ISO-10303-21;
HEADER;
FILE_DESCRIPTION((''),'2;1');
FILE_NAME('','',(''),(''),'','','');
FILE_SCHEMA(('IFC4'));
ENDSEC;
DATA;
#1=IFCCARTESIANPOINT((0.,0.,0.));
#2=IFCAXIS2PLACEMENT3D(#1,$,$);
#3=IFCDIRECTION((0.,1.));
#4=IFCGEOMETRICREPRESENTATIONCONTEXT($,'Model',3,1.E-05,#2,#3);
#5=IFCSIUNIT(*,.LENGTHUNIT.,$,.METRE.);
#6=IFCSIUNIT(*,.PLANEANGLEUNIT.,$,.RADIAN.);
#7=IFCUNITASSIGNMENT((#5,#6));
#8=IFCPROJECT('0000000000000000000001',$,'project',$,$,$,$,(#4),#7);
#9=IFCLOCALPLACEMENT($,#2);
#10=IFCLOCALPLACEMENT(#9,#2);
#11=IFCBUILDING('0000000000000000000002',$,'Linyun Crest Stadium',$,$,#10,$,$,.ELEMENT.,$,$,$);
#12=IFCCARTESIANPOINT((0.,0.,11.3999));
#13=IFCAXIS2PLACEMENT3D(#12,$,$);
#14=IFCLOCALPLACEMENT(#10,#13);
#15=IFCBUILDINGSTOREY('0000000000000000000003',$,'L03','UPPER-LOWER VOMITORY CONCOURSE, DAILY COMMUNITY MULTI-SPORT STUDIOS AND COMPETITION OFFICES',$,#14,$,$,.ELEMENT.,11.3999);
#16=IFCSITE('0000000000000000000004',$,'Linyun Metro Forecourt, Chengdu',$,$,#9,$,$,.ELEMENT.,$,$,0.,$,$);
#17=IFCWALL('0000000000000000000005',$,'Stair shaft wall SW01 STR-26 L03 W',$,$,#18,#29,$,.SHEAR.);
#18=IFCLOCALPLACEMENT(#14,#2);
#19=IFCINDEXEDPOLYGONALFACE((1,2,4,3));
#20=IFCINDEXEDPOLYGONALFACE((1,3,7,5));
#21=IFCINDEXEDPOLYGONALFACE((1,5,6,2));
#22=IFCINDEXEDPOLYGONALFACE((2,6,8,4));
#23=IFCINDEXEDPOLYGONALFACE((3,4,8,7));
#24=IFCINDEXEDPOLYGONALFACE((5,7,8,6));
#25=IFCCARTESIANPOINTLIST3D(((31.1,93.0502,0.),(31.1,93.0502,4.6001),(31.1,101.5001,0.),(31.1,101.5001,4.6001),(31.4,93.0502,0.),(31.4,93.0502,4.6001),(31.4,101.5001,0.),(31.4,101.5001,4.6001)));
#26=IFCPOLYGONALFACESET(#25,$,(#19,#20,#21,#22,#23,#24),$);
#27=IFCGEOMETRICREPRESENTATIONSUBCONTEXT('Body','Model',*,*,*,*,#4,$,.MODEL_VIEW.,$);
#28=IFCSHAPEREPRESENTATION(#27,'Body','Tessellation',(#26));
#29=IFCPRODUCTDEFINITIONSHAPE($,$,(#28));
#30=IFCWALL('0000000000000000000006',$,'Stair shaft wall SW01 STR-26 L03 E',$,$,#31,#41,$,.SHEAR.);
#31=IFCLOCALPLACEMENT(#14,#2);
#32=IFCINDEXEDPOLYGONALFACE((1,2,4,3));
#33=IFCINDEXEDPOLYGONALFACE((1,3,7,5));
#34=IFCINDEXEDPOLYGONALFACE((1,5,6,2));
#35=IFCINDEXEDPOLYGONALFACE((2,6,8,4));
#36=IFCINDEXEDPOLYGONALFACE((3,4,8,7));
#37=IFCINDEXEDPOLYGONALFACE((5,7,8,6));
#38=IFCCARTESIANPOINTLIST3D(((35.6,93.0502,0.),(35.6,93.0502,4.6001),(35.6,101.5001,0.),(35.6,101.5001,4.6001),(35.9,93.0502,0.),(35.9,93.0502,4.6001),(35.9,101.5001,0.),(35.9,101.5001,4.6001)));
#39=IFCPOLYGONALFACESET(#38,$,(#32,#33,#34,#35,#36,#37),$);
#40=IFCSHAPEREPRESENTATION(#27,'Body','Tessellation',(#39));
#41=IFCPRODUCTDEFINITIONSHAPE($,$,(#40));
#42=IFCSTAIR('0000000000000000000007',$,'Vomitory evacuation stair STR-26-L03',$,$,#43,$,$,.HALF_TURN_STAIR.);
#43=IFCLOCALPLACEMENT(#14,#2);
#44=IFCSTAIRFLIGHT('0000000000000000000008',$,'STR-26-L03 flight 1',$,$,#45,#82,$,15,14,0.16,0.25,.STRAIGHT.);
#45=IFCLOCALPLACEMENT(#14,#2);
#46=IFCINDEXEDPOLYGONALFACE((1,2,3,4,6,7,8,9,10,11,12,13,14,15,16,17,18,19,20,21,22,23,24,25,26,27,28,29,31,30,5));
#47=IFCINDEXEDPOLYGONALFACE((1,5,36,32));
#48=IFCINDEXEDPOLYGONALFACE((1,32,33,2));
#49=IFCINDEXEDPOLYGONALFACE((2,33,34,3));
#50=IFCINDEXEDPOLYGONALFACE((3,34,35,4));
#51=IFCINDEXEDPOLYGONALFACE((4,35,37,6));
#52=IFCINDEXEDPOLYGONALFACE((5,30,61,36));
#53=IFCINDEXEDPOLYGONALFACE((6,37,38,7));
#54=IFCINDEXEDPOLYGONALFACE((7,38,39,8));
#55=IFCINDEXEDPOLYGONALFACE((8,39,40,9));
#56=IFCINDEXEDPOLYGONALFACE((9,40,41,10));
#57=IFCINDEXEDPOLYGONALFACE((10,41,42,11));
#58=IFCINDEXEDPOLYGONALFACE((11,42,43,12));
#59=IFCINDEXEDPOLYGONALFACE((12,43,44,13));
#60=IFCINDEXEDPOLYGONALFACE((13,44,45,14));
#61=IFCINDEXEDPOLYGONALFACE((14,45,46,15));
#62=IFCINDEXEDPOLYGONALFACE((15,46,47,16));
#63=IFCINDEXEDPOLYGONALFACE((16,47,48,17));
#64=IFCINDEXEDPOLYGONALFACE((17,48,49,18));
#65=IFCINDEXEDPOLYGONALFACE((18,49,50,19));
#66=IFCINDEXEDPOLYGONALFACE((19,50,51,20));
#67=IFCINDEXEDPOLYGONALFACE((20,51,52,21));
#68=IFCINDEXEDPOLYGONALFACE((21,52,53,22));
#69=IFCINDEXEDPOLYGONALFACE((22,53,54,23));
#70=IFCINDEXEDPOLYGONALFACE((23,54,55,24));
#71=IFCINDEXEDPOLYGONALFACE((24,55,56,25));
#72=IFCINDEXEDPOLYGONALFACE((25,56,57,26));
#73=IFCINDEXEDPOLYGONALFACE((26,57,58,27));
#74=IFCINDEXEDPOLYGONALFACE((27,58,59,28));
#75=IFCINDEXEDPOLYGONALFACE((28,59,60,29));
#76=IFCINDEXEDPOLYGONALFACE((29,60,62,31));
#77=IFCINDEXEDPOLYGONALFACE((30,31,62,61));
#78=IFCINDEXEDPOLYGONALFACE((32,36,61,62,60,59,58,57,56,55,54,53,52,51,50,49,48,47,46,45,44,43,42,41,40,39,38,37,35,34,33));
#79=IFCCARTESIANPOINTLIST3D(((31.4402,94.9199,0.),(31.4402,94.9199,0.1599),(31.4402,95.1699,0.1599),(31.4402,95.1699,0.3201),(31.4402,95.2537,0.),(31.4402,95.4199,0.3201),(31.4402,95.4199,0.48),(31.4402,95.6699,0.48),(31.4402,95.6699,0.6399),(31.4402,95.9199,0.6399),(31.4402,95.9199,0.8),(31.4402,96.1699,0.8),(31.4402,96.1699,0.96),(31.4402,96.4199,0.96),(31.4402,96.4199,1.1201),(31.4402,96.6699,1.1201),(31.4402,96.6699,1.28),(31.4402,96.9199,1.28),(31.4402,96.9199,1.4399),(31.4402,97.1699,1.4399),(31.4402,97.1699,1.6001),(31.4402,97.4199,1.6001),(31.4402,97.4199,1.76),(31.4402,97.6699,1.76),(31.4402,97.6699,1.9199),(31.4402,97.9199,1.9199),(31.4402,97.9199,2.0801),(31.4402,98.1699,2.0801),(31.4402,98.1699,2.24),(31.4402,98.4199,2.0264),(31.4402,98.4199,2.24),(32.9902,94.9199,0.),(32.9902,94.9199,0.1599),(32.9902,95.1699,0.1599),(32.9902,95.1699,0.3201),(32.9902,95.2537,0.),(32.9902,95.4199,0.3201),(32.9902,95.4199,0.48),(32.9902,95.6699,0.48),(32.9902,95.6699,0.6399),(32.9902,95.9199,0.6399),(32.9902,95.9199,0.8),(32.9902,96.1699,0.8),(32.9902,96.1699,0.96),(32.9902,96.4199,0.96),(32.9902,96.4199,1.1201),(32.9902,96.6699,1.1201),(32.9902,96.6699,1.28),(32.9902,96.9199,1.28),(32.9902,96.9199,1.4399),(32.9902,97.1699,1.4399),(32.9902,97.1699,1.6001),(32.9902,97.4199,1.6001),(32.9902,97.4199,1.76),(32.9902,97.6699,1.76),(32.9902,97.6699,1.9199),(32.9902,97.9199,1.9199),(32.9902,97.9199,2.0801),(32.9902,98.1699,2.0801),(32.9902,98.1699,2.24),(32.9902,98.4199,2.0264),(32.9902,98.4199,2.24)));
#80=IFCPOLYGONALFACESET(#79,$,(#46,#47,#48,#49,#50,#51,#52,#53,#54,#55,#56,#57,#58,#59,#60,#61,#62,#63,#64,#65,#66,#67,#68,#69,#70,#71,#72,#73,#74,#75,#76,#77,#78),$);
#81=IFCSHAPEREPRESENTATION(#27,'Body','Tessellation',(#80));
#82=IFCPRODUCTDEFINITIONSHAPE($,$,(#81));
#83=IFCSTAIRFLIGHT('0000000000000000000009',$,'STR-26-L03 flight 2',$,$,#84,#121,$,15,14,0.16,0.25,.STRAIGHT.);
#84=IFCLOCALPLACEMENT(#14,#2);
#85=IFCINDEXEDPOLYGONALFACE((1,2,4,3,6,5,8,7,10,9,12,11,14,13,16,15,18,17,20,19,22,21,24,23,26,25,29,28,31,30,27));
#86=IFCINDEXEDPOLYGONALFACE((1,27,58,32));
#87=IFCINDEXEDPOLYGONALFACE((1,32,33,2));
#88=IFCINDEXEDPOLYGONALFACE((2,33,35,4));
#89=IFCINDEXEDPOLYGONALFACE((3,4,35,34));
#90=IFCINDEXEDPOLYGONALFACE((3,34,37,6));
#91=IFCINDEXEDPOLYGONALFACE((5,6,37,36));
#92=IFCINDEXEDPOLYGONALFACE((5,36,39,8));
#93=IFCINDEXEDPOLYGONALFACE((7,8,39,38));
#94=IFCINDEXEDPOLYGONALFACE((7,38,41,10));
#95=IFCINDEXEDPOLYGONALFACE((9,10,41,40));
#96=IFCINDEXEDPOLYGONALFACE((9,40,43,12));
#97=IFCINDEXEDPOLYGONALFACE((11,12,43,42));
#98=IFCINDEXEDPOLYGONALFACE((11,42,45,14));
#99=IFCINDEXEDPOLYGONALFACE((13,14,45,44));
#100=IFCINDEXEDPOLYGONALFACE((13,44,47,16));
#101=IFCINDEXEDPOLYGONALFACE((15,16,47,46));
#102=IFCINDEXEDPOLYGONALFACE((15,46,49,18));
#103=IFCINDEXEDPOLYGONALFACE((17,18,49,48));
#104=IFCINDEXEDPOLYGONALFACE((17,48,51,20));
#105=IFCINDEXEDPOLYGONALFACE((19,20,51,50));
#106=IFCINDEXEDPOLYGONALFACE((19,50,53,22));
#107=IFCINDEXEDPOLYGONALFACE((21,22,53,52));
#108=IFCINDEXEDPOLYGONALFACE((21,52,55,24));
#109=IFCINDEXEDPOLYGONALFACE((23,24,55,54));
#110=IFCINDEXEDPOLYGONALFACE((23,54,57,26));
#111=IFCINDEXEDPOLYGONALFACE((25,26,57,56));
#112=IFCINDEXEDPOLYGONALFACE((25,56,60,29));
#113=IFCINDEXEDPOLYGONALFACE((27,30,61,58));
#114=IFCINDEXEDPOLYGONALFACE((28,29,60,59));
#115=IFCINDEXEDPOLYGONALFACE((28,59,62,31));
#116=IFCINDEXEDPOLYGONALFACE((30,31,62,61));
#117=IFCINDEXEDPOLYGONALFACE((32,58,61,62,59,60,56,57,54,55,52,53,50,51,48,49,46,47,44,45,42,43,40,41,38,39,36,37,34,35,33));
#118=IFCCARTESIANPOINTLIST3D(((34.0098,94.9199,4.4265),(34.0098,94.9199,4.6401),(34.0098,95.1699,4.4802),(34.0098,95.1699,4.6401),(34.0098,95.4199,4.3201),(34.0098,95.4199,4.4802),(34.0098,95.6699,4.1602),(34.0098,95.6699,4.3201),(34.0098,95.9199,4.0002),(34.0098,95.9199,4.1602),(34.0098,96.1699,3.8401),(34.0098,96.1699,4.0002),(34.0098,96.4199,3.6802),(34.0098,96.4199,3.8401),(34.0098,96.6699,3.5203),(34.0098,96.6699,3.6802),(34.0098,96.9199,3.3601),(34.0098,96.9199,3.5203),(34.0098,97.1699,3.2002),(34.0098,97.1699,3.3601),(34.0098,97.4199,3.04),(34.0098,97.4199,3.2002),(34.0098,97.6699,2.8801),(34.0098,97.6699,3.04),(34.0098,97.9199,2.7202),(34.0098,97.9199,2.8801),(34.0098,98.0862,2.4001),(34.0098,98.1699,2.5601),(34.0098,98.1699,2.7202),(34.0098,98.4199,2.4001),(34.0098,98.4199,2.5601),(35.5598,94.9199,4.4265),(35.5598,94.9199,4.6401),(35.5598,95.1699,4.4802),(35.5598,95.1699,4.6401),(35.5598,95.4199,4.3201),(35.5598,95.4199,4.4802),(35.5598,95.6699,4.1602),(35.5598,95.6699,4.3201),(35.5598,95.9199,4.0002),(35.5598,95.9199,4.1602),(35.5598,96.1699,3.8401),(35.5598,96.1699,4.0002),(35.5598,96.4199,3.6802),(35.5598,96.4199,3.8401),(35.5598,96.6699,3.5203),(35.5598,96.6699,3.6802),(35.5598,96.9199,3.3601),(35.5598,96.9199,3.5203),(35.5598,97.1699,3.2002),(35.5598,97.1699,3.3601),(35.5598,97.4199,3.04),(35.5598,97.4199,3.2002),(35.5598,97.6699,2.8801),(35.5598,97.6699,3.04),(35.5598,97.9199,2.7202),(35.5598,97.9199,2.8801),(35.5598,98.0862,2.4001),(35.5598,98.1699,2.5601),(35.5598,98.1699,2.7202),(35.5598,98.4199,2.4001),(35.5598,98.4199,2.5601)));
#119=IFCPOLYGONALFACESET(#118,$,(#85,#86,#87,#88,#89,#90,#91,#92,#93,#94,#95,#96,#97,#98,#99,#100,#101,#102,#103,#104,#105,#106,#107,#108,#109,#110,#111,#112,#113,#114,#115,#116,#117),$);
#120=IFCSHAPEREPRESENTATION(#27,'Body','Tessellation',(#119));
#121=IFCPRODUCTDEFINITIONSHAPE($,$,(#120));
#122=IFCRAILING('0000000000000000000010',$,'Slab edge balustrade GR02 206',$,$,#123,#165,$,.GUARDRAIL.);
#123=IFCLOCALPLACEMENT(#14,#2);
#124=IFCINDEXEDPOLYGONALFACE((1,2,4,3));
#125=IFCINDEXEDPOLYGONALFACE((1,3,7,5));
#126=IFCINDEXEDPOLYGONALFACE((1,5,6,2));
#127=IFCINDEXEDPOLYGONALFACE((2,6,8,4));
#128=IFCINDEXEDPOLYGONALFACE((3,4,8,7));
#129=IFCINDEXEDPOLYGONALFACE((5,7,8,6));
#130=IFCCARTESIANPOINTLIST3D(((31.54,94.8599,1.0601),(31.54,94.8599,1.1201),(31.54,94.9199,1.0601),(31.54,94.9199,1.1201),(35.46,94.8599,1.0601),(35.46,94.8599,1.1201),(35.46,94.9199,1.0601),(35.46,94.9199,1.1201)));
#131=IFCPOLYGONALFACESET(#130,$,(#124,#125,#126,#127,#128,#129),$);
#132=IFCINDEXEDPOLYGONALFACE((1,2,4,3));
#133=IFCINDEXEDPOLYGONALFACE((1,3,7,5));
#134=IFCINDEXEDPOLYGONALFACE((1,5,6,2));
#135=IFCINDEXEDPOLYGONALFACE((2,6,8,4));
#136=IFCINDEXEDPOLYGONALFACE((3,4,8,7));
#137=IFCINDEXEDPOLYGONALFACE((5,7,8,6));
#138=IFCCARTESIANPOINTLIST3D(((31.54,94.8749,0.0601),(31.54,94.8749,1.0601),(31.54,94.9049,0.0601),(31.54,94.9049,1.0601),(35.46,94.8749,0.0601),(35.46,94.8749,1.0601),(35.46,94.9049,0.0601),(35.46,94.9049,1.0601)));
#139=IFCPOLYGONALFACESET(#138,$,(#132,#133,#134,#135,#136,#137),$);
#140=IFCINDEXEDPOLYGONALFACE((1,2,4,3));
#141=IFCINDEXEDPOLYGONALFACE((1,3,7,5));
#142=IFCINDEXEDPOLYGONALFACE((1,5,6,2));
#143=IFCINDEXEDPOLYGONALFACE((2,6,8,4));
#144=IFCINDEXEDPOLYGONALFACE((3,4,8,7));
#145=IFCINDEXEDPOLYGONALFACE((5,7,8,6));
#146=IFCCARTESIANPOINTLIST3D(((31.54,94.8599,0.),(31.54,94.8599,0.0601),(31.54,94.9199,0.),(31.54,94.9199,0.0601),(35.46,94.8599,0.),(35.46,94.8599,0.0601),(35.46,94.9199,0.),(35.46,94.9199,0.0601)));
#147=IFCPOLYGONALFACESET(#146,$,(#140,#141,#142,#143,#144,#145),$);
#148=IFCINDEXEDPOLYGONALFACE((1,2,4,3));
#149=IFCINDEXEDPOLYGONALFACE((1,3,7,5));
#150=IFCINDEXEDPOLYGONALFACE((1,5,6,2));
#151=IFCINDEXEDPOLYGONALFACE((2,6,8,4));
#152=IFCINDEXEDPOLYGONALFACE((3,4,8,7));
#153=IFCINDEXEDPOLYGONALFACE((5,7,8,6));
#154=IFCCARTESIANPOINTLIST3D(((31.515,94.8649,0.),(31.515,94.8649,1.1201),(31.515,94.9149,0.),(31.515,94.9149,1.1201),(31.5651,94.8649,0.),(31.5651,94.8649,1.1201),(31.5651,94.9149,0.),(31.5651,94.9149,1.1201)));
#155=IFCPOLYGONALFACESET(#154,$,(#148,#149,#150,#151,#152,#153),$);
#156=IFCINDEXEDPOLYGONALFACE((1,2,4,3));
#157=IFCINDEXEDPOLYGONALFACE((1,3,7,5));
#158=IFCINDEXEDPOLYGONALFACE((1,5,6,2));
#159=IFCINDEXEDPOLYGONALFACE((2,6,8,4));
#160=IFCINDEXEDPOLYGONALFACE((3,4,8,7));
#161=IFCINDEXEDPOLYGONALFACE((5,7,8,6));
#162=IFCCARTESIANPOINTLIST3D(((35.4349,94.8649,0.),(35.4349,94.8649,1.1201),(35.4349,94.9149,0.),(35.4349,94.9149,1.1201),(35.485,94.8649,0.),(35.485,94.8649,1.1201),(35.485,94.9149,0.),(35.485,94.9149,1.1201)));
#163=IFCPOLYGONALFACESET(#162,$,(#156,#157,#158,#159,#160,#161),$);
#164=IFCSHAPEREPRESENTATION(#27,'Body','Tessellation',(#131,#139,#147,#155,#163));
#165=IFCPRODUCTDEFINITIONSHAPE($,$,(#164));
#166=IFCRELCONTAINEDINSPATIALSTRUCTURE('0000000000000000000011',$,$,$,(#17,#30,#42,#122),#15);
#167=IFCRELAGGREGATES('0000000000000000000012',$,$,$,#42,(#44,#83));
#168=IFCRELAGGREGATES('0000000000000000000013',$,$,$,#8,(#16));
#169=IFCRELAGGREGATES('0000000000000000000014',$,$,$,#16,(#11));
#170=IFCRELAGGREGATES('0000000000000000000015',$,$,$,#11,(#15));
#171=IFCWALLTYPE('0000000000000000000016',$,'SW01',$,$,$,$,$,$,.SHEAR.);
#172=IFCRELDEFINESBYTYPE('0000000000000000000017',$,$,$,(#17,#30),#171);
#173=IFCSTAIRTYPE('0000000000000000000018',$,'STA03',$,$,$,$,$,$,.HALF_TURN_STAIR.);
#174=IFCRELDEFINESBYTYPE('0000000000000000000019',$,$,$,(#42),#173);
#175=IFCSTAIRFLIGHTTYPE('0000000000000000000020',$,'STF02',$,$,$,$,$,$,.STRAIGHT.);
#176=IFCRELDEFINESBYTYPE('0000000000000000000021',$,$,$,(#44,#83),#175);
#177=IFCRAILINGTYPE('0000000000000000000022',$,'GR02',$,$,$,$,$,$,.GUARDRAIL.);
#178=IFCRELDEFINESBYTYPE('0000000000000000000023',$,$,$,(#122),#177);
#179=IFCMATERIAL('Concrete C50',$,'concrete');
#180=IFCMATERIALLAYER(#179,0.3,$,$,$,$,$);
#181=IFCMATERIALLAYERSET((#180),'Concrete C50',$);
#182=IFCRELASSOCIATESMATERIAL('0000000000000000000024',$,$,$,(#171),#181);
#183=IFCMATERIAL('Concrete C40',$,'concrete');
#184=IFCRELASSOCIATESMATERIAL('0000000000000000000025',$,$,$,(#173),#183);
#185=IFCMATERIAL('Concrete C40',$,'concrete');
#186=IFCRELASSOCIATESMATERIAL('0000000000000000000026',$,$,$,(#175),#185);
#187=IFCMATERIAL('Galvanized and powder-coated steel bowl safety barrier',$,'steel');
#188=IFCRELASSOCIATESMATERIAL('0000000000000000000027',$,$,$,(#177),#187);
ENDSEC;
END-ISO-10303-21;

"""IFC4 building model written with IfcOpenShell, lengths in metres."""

from ifc_helpers import new_model, si_unit, direction, frame, frame_2d, origin, origin_2d, place, context, subcontext, project, spatial, polyline, rectangle, outline, extrude, material, layer, layer_set, type_object, element, aggregate, save


model = new_model("IFC4")

# Units and contexts
model_context = context("Model", 3, precision=1e-05, world=origin(), true_north=direction((0.0, 1.0)))
body_context = subcontext(model_context, "Body", "Model", "MODEL_VIEW")
ifc_project = project(units=[si_unit("LENGTHUNIT", "METRE"), si_unit("PLANEANGLEUNIT", "RADIAN")], contexts=[model_context])

# Site, building, storey
site_placement = place(None, origin())
site = spatial("IfcSite", under=ifc_project, at=site_placement, Name="Linyun Metro Forecourt, Chengdu", CompositionType="ELEMENT", RefElevation=0.0)
building_placement = place(site_placement, origin())
building = spatial("IfcBuilding", under=site, at=building_placement, Name="Linyun Crest Stadium", CompositionType="ELEMENT")
storey_placement = place(building_placement, frame((0.0, 0.0, 11.3999)))
storey = spatial("IfcBuildingStorey", under=building, at=storey_placement, Name="L03", Description="UPPER-LOWER VOMITORY CONCOURSE, DAILY COMMUNITY MULTI-SPORT STUDIOS AND COMPETITION OFFICES", CompositionType="ELEMENT", Elevation=11.3999)

# Shared definitions
ifc_material_1 = material(Name="Concrete C50", Category="concrete")
ifc_layer_1 = layer(ifc_material_1, 0.3)
ifc_layer_set_1 = layer_set([ifc_layer_1], Name="Concrete C50")
wall_type_1 = type_object("IfcWallType", Name="SW01", PredefinedType="SHEAR", material=ifc_layer_set_1)

# Walls
for number, where, z_axis, x_axis, name in (
    (1, (31.25, 93.05, 0.0), (0.0, 0.0, 1.0), (0.0, 1.0, 0.0), "Stair shaft wall SW01 STR-26 L03 W"),
    (2, (35.75, 93.05, 0.0), (0.0, 0.0, 1.0), (0.0, 1.0, 0.0), "Stair shaft wall SW01 STR-26 L03 E"),
):
    element("IfcWall", number, at=place(storey_placement, frame(where, z_axis=z_axis, x_axis=x_axis)), inside=storey, type_object=wall_type_1, Name=name, PredefinedType="SHEAR", context=body_context, shape_type="SweptSolid", body=[
        extrude(rectangle(XDim=8.45, YDim=0.3, at=frame_2d((4.2251, 0.0))), origin(), (0.0, 0.0, 1.0), 4.6001),
    ])

# Stair, stair flights
ifc_material_2 = material(Name="Concrete C40", Category="concrete")
stair_type = type_object("IfcStairType", Name="STA03", PredefinedType="HALF_TURN_STAIR", material=ifc_material_2)
stair_placement = place(storey_placement, origin())
stair = element("IfcStair", 3, at=stair_placement, inside=storey, type_object=stair_type, Name="Vomitory evacuation stair STR-26-L03", PredefinedType="HALF_TURN_STAIR")
ifc_material_3 = material(Name="Concrete C40", Category="concrete")
stair_flight_type = type_object("IfcStairFlightType", Name="STF02", PredefinedType="STRAIGHT", material=ifc_material_3)
stair_flight_1_placement = place(storey_placement, frame((32.2151, 94.9199, 0.0), z_axis=(0.0, 0.0, 1.0), x_axis=(0.0, 1.0, 0.0)))
stair_flight_1 = element("IfcStairFlight", 4, at=stair_flight_1_placement, type_object=stair_flight_type, Name="STR-26-L03 flight 1", NumberOfRisers=15, NumberOfTreads=14, PredefinedType="STRAIGHT", RiserHeight=0.16, TreadLength=0.25, context=body_context, shape_type="SweptSolid", body=[
    extrude(outline(polyline([(0.0, 0.0), (0.0, 0.1599), (0.25, 0.1599), (0.25, 0.3201), (0.5, 0.3201), (0.5, 0.48), (0.75, 0.48), (0.75, 0.6399), (1.0, 0.6399), (1.0, 0.8), (1.25, 0.8), (1.25, 0.96), (1.5, 0.96), (1.5, 1.1201), (1.75, 1.1201), (1.75, 1.28), (2.0, 1.28), (2.0, 1.4399), (2.25, 1.4399), (2.25, 1.6001), (2.5, 1.6001), (2.5, 1.76), (2.75, 1.76), (2.75, 1.9199), (3.0, 1.9199), (3.0, 2.0801), (3.25, 2.0801), (3.25, 2.24), (3.5, 2.24), (3.5, 2.3999), (3.5, 2.0264), (0.3337, 0.0), (0.0, 0.0)])), frame((0.0, 0.7749, 0.0), z_axis=(0.0, -1.0, 0.0), x_axis=(1.0, 0.0, 0.0)), (0.0, 0.0, 1.0), 1.55),
])
stair_flight_2_placement = place(storey_placement, frame((34.7849, 98.4199, 2.4001), z_axis=(0.0, 0.0, 1.0), x_axis=(0.0, -1.0, 0.0)))
stair_flight_2 = element("IfcStairFlight", 5, at=stair_flight_2_placement, type_object=stair_flight_type, Name="STR-26-L03 flight 2", NumberOfRisers=15, NumberOfTreads=14, PredefinedType="STRAIGHT", RiserHeight=0.16, TreadLength=0.25, context=body_context, shape_type="SweptSolid", body=[
    extrude(outline(polyline([(0.0, 0.0), (0.0, 0.1599), (0.25, 0.1599), (0.25, 0.3201), (0.5, 0.3201), (0.5, 0.48), (0.75, 0.48), (0.75, 0.6399), (1.0, 0.6399), (1.0, 0.8), (1.25, 0.8), (1.25, 0.96), (1.5, 0.96), (1.5, 1.1201), (1.75, 1.1201), (1.75, 1.28), (2.0, 1.28), (2.0, 1.4399), (2.25, 1.4399), (2.25, 1.6001), (2.5, 1.6001), (2.5, 1.76), (2.75, 1.76), (2.75, 1.9199), (3.0, 1.9199), (3.0, 2.0801), (3.25, 2.0801), (3.25, 2.24), (3.5, 2.24), (3.5, 2.3999), (3.5, 2.0264), (0.3337, 0.0), (0.0, 0.0)])), frame((0.0, 0.7749, 0.0), z_axis=(0.0, -1.0, 0.0), x_axis=(1.0, 0.0, 0.0)), (0.0, 0.0, 1.0), 1.55),
])
aggregate(stair, [stair_flight_1, stair_flight_2])

# Railing
ifc_material_4 = material(Name="Galvanized and powder-coated steel bowl safety barrier", Category="steel")
railing_type_1 = type_object("IfcRailingType", Name="GR02", PredefinedType="GUARDRAIL", material=ifc_material_4)
railing_1_placement = place(storey_placement, frame((31.54, 94.8899, 0.0)))
element("IfcRailing", 6, at=railing_1_placement, inside=storey, type_object=railing_type_1, Name="Slab edge balustrade GR02 206", PredefinedType="GUARDRAIL", context=body_context, shape_type="SweptSolid", body=[
    extrude(rectangle(XDim=0.0601, YDim=0.0601, at=origin_2d()), frame((0.0, 0.0, 1.0901), z_axis=(1.0, 0.0, 0.0), x_axis=(0.0, 1.0, 0.0)), (0.0, 0.0, 1.0), 3.9199),
    extrude(rectangle(XDim=0.03, YDim=1.0, at=origin_2d()), frame((0.0, 0.0, 0.5601), z_axis=(1.0, 0.0, 0.0), x_axis=(0.0, 1.0, 0.0)), (0.0, 0.0, 1.0), 3.9199),
    extrude(rectangle(XDim=0.0601, YDim=0.0601, at=origin_2d()), frame((0.0, 0.0, 0.03), z_axis=(1.0, 0.0, 0.0), x_axis=(0.0, 1.0, 0.0)), (0.0, 0.0, 1.0), 3.9199),
    extrude(rectangle(XDim=0.05, YDim=0.05, at=origin_2d()), origin(), (0.0, 0.0, 1.0), 1.1201),
    extrude(rectangle(XDim=0.05, YDim=0.05, at=origin_2d()), frame((3.9199, 0.0, 0.0)), (0.0, 0.0, 1.0), 1.1201),
])

save(model, "model.ifc")
